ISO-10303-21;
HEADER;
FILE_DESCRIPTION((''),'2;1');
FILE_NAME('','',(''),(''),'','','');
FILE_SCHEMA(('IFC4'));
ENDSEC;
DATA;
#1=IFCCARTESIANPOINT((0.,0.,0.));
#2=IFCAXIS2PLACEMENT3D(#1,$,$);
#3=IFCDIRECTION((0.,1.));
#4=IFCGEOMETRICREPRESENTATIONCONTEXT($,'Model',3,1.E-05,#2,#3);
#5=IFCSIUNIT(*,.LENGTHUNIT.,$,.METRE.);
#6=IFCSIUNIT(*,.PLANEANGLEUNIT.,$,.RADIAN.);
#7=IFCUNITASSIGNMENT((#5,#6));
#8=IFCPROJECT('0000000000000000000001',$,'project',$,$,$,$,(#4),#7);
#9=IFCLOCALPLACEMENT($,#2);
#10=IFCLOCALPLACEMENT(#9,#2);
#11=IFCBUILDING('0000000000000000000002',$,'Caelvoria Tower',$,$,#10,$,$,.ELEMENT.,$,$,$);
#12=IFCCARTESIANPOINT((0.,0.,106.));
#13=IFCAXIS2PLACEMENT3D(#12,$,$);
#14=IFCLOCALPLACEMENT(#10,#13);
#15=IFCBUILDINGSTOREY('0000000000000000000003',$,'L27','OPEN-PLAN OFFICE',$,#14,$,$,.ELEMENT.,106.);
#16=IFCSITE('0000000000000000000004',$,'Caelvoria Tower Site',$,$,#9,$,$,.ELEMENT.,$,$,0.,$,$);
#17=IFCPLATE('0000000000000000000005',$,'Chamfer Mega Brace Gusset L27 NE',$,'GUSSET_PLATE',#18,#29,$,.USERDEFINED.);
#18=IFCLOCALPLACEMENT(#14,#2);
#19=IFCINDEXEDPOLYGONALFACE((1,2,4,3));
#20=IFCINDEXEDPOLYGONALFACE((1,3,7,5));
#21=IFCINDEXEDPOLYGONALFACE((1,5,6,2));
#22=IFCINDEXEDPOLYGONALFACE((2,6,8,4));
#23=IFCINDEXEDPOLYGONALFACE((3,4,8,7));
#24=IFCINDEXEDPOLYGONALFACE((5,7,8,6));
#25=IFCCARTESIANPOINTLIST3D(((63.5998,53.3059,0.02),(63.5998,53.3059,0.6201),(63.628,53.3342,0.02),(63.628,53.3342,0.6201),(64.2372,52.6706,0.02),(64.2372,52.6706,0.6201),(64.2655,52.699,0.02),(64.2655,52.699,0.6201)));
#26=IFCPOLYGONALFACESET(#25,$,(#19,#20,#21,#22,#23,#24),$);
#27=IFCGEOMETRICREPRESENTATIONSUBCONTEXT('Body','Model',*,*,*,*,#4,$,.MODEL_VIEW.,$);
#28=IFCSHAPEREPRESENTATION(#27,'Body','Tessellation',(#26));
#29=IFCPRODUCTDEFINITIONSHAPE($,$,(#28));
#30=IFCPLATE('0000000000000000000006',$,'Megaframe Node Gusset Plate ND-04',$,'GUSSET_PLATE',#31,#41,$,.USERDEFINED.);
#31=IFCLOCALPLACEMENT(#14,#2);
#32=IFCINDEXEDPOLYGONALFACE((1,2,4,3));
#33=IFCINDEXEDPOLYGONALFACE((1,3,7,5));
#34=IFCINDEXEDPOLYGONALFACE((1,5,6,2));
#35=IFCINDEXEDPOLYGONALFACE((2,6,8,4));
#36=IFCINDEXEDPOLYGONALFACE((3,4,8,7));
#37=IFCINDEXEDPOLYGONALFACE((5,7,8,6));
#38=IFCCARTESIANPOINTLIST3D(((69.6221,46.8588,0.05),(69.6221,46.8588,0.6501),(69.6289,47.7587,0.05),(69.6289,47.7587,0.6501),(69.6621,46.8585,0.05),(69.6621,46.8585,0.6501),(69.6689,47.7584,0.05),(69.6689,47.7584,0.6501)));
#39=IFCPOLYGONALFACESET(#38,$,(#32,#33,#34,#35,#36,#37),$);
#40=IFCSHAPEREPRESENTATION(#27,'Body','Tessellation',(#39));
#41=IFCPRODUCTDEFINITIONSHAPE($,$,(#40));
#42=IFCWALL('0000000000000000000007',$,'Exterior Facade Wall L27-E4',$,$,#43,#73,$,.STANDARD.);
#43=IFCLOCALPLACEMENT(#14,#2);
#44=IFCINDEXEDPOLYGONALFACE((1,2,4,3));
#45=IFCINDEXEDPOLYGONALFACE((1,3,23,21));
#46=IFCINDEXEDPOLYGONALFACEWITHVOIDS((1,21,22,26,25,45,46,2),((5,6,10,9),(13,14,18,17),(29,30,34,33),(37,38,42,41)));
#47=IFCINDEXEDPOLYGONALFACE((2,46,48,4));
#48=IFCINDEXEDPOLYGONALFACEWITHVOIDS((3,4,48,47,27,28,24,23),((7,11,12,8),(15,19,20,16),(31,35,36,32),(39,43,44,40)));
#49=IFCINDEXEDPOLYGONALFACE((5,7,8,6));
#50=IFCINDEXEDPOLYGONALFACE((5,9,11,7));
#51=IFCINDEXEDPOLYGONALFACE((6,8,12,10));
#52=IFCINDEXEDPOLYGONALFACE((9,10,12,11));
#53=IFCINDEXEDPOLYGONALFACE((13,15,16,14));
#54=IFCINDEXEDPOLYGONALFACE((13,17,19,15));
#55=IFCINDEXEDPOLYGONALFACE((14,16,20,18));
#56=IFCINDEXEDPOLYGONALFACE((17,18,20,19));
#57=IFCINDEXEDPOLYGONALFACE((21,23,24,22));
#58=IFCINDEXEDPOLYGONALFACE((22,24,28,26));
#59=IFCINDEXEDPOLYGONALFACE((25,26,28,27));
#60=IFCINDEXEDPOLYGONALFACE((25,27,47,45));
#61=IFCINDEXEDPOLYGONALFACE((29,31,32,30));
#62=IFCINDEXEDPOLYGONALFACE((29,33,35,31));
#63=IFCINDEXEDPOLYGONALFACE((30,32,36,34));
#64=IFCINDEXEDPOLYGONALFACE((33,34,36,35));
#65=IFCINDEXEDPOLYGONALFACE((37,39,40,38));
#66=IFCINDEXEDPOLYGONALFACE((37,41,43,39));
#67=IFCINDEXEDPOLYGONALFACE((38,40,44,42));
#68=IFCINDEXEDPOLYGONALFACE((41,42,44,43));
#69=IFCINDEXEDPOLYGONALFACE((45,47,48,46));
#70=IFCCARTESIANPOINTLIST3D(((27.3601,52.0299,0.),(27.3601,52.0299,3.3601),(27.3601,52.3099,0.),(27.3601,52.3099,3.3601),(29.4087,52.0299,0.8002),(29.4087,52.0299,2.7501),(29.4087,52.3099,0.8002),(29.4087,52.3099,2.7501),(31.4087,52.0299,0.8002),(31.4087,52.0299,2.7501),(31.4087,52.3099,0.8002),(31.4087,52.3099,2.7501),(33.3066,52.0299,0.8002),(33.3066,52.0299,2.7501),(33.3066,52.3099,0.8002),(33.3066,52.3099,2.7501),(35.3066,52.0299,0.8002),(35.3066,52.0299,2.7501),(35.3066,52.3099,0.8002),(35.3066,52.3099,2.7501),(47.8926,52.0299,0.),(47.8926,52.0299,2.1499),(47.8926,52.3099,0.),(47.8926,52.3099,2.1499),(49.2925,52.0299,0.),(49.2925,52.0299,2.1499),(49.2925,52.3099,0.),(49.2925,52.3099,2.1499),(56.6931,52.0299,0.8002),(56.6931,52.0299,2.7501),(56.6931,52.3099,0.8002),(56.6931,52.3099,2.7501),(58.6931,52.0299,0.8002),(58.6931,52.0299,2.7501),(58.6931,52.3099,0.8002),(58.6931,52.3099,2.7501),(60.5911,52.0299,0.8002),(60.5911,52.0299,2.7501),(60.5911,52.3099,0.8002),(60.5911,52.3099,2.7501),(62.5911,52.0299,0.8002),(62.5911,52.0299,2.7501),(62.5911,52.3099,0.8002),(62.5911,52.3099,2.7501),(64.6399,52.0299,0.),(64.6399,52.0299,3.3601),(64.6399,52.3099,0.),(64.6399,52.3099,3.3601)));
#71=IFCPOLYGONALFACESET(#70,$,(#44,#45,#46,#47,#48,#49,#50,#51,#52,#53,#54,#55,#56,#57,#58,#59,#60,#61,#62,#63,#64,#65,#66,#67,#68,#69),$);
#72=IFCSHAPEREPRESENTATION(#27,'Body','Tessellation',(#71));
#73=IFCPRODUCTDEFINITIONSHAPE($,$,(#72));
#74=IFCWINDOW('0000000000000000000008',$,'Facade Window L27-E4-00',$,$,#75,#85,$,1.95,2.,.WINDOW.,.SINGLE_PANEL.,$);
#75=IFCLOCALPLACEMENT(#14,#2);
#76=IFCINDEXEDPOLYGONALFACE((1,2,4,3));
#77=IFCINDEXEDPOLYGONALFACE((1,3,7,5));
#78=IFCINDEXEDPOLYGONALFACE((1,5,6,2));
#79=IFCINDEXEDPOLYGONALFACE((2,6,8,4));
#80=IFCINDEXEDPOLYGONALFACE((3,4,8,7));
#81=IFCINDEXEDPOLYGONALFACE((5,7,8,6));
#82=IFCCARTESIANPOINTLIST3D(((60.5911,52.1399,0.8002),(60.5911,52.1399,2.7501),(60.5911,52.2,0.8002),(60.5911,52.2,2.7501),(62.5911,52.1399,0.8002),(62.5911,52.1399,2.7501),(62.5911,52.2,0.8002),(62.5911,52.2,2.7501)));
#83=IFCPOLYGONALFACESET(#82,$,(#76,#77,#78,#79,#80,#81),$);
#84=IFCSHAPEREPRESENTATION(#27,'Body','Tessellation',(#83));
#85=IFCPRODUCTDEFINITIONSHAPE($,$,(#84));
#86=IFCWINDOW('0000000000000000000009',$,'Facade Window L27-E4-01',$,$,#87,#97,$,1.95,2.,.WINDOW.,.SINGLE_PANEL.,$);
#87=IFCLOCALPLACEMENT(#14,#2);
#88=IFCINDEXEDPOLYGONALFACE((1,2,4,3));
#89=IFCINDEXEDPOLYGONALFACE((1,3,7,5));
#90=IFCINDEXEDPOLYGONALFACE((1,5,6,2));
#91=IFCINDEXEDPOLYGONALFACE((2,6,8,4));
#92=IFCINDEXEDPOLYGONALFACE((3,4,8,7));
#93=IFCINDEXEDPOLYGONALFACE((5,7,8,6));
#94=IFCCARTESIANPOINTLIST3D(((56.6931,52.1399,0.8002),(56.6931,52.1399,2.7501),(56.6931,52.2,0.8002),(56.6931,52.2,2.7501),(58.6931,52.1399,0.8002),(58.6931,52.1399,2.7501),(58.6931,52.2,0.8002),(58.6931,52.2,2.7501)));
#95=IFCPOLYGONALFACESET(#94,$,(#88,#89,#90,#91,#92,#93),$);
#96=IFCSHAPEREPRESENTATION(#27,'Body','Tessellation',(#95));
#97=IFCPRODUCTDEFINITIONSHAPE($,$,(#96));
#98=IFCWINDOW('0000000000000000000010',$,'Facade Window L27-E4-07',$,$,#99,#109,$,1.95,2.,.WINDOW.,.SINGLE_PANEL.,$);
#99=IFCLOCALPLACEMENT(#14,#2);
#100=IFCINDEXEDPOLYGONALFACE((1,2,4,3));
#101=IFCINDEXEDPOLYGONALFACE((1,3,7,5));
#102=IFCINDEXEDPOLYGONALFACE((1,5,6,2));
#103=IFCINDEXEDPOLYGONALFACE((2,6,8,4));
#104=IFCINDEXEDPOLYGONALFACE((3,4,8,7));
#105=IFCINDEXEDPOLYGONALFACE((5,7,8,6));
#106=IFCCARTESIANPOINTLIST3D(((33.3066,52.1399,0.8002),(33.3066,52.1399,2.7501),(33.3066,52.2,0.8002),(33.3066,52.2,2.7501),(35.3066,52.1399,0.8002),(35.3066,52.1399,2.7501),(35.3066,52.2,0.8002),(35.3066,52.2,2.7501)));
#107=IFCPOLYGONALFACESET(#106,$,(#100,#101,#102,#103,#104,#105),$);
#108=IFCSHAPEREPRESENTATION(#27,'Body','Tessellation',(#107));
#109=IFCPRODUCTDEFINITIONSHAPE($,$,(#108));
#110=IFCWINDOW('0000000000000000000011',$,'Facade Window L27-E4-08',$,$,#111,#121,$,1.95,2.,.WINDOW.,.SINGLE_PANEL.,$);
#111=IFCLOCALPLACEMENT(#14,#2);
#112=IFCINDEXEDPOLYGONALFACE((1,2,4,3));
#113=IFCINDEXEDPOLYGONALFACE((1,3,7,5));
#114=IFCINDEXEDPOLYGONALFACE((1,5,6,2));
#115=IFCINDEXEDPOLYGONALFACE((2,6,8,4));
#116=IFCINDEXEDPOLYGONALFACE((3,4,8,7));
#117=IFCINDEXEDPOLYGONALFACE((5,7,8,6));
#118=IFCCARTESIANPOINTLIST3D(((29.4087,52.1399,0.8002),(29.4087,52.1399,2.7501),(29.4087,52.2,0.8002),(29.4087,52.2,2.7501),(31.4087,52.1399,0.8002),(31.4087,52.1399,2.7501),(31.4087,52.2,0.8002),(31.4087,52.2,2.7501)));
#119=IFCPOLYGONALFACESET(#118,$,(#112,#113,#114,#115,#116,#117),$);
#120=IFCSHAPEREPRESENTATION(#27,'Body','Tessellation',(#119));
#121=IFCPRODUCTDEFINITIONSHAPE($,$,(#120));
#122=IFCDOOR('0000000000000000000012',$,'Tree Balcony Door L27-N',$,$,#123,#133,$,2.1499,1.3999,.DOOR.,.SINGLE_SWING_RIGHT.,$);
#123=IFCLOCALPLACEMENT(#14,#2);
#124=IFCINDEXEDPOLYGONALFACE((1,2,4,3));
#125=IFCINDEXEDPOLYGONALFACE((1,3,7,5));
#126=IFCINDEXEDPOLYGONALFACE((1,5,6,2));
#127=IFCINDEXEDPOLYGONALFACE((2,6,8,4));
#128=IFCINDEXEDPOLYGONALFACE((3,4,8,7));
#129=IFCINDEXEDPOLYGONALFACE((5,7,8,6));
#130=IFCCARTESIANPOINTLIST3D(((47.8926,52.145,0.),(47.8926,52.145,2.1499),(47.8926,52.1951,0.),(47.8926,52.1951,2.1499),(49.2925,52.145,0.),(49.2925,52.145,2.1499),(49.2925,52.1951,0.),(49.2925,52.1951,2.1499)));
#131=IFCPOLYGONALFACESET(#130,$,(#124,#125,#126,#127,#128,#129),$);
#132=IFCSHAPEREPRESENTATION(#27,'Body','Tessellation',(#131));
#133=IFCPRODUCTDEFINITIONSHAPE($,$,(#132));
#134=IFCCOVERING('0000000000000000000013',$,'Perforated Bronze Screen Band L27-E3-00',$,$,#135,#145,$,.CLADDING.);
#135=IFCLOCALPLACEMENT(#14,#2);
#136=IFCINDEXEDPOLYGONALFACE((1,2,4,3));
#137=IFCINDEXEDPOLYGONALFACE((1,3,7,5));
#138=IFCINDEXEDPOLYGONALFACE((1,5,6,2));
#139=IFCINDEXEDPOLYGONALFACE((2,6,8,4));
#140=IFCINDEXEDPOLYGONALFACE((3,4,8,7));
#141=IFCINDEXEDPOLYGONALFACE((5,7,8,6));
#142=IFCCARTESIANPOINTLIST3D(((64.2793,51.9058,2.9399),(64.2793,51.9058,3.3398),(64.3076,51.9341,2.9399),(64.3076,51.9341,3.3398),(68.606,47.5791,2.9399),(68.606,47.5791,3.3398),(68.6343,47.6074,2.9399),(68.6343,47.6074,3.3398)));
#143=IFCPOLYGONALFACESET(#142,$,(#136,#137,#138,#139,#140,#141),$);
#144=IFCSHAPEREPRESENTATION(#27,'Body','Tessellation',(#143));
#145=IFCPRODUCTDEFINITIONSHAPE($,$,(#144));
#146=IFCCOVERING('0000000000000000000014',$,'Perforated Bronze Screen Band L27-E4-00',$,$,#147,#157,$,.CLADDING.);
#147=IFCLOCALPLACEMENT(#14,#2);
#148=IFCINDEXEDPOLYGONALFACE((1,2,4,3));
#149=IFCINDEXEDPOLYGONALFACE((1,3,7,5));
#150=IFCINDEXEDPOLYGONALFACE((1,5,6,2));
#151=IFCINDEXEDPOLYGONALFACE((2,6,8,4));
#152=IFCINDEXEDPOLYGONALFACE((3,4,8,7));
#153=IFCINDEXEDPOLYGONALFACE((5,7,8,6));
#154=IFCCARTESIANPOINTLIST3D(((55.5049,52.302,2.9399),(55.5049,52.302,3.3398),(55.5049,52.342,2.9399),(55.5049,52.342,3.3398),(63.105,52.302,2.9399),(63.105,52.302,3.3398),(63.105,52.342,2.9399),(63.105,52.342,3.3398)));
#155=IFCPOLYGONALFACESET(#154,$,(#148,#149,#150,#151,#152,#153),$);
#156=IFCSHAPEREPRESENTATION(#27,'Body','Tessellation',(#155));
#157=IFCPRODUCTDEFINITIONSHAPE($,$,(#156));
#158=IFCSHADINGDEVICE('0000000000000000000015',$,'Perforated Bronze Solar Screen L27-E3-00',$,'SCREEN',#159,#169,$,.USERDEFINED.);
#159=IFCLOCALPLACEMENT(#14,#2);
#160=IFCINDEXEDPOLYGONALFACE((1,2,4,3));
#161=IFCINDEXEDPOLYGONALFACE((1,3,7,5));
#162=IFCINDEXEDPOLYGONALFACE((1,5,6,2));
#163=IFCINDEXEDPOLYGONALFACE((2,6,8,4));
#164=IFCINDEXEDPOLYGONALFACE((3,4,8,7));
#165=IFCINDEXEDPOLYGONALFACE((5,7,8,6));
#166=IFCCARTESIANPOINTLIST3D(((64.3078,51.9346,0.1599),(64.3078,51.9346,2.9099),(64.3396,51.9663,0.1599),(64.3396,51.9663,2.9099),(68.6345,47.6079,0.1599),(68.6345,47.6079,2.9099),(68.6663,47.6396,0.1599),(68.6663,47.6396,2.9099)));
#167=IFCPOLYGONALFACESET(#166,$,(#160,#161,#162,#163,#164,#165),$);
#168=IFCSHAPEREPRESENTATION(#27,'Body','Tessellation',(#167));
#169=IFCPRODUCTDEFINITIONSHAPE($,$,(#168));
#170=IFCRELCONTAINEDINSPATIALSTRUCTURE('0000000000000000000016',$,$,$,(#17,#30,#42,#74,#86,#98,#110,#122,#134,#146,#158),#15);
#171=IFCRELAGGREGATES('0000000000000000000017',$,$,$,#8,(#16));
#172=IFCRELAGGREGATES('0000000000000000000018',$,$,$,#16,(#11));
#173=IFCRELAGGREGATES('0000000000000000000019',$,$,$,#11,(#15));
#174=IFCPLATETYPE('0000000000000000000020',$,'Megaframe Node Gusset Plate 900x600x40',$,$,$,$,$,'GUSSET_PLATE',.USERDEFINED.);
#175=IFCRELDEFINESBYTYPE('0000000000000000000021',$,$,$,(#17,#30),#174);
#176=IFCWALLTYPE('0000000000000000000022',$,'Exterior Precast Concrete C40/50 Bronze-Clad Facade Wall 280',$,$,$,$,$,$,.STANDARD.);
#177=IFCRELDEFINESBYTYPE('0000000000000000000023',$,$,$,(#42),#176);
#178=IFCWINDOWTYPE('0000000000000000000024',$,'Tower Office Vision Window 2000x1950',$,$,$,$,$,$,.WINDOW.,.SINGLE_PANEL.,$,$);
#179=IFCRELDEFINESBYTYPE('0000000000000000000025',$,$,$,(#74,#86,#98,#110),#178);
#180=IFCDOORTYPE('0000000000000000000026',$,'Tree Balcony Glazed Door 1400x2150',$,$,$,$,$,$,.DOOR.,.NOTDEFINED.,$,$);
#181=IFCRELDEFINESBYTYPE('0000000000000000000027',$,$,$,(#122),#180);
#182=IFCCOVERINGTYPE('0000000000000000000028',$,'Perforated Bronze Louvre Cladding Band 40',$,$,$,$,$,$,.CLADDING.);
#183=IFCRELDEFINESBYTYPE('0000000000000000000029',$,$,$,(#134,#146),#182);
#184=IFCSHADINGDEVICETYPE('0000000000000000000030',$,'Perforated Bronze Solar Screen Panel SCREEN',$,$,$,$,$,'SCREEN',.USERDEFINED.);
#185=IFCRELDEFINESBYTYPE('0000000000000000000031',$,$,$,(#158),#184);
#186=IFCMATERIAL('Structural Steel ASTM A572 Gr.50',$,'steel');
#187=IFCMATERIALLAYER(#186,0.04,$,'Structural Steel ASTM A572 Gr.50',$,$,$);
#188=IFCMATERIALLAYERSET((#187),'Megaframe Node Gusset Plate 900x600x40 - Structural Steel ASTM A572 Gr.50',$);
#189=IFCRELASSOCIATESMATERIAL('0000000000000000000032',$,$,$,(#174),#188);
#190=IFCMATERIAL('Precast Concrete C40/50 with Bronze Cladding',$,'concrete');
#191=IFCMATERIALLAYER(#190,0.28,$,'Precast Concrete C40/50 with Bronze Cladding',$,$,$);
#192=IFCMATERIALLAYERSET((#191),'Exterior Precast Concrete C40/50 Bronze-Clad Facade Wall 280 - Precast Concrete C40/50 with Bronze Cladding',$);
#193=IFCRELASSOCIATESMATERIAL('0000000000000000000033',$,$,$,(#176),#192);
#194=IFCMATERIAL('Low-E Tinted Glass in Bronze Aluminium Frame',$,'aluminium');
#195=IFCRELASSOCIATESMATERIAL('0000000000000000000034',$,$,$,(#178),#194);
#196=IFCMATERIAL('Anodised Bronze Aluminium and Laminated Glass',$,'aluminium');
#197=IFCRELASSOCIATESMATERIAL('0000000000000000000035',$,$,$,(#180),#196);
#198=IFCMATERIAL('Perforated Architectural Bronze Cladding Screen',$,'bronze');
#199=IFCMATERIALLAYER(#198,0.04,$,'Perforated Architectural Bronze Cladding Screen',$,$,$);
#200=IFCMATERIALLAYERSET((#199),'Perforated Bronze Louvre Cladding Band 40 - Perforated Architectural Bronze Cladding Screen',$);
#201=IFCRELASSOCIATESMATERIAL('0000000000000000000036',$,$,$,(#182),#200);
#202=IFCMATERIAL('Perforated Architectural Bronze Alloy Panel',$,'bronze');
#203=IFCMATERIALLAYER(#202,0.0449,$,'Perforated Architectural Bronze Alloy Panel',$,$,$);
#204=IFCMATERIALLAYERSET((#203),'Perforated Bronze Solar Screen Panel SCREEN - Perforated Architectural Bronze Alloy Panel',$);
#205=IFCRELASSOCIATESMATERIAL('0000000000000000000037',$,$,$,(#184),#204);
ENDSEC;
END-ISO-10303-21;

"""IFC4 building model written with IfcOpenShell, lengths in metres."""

from ifc_helpers import new_model, si_unit, direction, frame, frame_2d, origin, origin_2d, place, context, subcontext, project, spatial, rectangle, extrude, material, layer, layer_set, type_object, element, fill, save


model = new_model("IFC4")

# Units and contexts
model_context = context("Model", 3, precision=1e-05, world=origin(), true_north=direction((0.0, 1.0)))
body_context = subcontext(model_context, "Body", "Model", "MODEL_VIEW")
ifc_project = project(units=[si_unit("LENGTHUNIT", "METRE"), si_unit("PLANEANGLEUNIT", "RADIAN")], contexts=[model_context])

# Site, building, storey
site_placement = place(None, origin())
site = spatial("IfcSite", under=ifc_project, at=site_placement, Name="Caelvoria Tower Site", CompositionType="ELEMENT", RefElevation=0.0)
building_placement = place(site_placement, origin())
building = spatial("IfcBuilding", under=site, at=building_placement, Name="Caelvoria Tower", CompositionType="ELEMENT")
storey_placement = place(building_placement, frame((0.0, 0.0, 106.0)))
storey = spatial("IfcBuildingStorey", under=building, at=storey_placement, Name="L27", Description="OPEN-PLAN OFFICE", CompositionType="ELEMENT", Elevation=106.0)

# Shared definitions
ifc_material_1 = material(Name="Structural Steel ASTM A572 Gr.50", Category="steel")

# Plates
ifc_layer_1 = layer(ifc_material_1, 0.04, Name="Structural Steel ASTM A572 Gr.50")
ifc_layer_set_1 = layer_set([ifc_layer_1], Name="Megaframe Node Gusset Plate 900x600x40 - Structural Steel ASTM A572 Gr.50")
plate_type = type_object("IfcPlateType", Name="Megaframe Node Gusset Plate 900x600x40", ElementType="GUSSET_PLATE", PredefinedType="USERDEFINED", material=ifc_layer_set_1)
for number, where, z_axis, x_axis, name in (
    (1, (63.9326, 53.0024, 0.02), (0.0, 0.0, 1.0), (0.708308, -0.705904, 0.0), "Chamfer Mega Brace Gusset L27 NE"),
    (2, (69.6455, 47.3086, 0.05), (0.0, 0.0, 1.0), (-0.00755, -0.999971, 0.0), "Megaframe Node Gusset Plate ND-04"),
):
    element("IfcPlate", number, at=place(storey_placement, frame(where, z_axis=z_axis, x_axis=x_axis)), inside=storey, type_object=plate_type, Name=name, ObjectType="GUSSET_PLATE", PredefinedType="USERDEFINED", context=body_context, shape_type="SweptSolid", body=[
        extrude(rectangle(XDim=0.8999, YDim=0.04, at=origin_2d()), origin(), (0.0, 0.0, 1.0), 0.6001),
    ])

# Wall, openings, windows, door
ifc_material_2 = material(Name="Precast Concrete C40/50 with Bronze Cladding", Category="concrete")
ifc_layer_2 = layer(ifc_material_2, 0.28, Name="Precast Concrete C40/50 with Bronze Cladding")
ifc_layer_set_2 = layer_set([ifc_layer_2], Name="Exterior Precast Concrete C40/50 Bronze-Clad Facade Wall 280 - Precast Concrete C40/50 with Bronze Cladding")
wall_type = type_object("IfcWallType", Name="Exterior Precast Concrete C40/50 Bronze-Clad Facade Wall 280", PredefinedType="STANDARD", material=ifc_layer_set_2)
wall_placement = place(storey_placement, frame((64.6399, 52.1699, 0.0), z_axis=(0.0, 0.0, 1.0), x_axis=(-1.0, 0.0, 0.0)))
wall = element("IfcWall", 3, at=wall_placement, inside=storey, type_object=wall_type, Name="Exterior Facade Wall L27-E4", PredefinedType="STANDARD", context=body_context, shape_type="SweptSolid", body=[
    extrude(rectangle(XDim=37.2798, YDim=0.28, at=frame_2d((18.6399, 0.0))), origin(), (0.0, 0.0, 1.0), 3.3601),
])
opening_1_placement = place(wall_placement, frame((15.3474, 0.0, 0.0)))
opening_1 = element("IfcOpeningElement", 4, at=opening_1_placement, cuts=wall, PredefinedType="OPENING", context=body_context, shape_type="SweptSolid", body=[
    extrude(rectangle(XDim=1.3999, YDim=2.1499, at=frame_2d((0.7, 1.075))), frame((0.0, 0.1499, 0.0), z_axis=(0.0, -1.0, 0.0), x_axis=(1.0, 0.0, 0.0)), (0.0, 0.0, 1.0), 0.3),
])
opening_2_placement = place(wall_placement, frame((2.0488, 0.0, 0.8)))
opening_2 = element("IfcOpeningElement", 5, at=opening_2_placement, cuts=wall, PredefinedType="OPENING", context=body_context, shape_type="SweptSolid", body=[
    extrude(rectangle(XDim=2.0, YDim=1.95, at=frame_2d((1.0, 0.9751))), frame((0.0, 0.1499, 0.0), z_axis=(0.0, -1.0, 0.0), x_axis=(1.0, 0.0, 0.0)), (0.0, 0.0, 1.0), 0.3),
])
opening_3_placement = place(wall_placement, frame((5.9468, 0.0, 0.8)))
opening_3 = element("IfcOpeningElement", 6, at=opening_3_placement, cuts=wall, PredefinedType="OPENING", context=body_context, shape_type="SweptSolid", body=[
    extrude(rectangle(XDim=2.0, YDim=1.95, at=frame_2d((1.0, 0.9751))), frame((0.0, 0.1499, 0.0), z_axis=(0.0, -1.0, 0.0), x_axis=(1.0, 0.0, 0.0)), (0.0, 0.0, 1.0), 0.3),
])
opening_4_placement = place(wall_placement, frame((29.3333, 0.0, 0.8)))
opening_4 = element("IfcOpeningElement", 7, at=opening_4_placement, cuts=wall, PredefinedType="OPENING", context=body_context, shape_type="SweptSolid", body=[
    extrude(rectangle(XDim=2.0, YDim=1.95, at=frame_2d((1.0, 0.9751))), frame((0.0, 0.1499, 0.0), z_axis=(0.0, -1.0, 0.0), x_axis=(1.0, 0.0, 0.0)), (0.0, 0.0, 1.0), 0.3),
])
opening_5_placement = place(wall_placement, frame((33.2312, 0.0, 0.8)))
opening_5 = element("IfcOpeningElement", 8, at=opening_5_placement, cuts=wall, PredefinedType="OPENING", context=body_context, shape_type="SweptSolid", body=[
    extrude(rectangle(XDim=2.0, YDim=1.95, at=frame_2d((1.0, 0.9751))), frame((0.0, 0.1499, 0.0), z_axis=(0.0, -1.0, 0.0), x_axis=(1.0, 0.0, 0.0)), (0.0, 0.0, 1.0), 0.3),
])
ifc_material_3 = material(Name="Low-E Tinted Glass in Bronze Aluminium Frame", Category="aluminium")
window_type = type_object("IfcWindowType", Name="Tower Office Vision Window 2000x1950", PartitioningType="SINGLE_PANEL", PredefinedType="WINDOW", material=ifc_material_3)
window_1_placement = place(opening_2_placement, origin())
window_1 = element("IfcWindow", 9, at=window_1_placement, inside=storey, type_object=window_type, Name="Facade Window L27-E4-00", OverallHeight=1.95, OverallWidth=2.0, PartitioningType="SINGLE_PANEL", PredefinedType="WINDOW", context=body_context, shape_type="SweptSolid", body=[
    extrude(rectangle(XDim=2.0, YDim=1.95, at=frame_2d((1.0, 0.9751))), frame((0.0, 0.03, 0.0), z_axis=(0.0, -1.0, 0.0), x_axis=(1.0, 0.0, 0.0)), (0.0, 0.0, 1.0), 0.0601),
])
fill(opening_2, window_1)
window_2_placement = place(opening_3_placement, origin())
window_2 = element("IfcWindow", 10, at=window_2_placement, inside=storey, type_object=window_type, Name="Facade Window L27-E4-01", OverallHeight=1.95, OverallWidth=2.0, PartitioningType="SINGLE_PANEL", PredefinedType="WINDOW", context=body_context, shape_type="SweptSolid", body=[
    extrude(rectangle(XDim=2.0, YDim=1.95, at=frame_2d((1.0, 0.9751))), frame((0.0, 0.03, 0.0), z_axis=(0.0, -1.0, 0.0), x_axis=(1.0, 0.0, 0.0)), (0.0, 0.0, 1.0), 0.0601),
])
fill(opening_3, window_2)
window_3_placement = place(opening_4_placement, origin())
window_3 = element("IfcWindow", 11, at=window_3_placement, inside=storey, type_object=window_type, Name="Facade Window L27-E4-07", OverallHeight=1.95, OverallWidth=2.0, PartitioningType="SINGLE_PANEL", PredefinedType="WINDOW", context=body_context, shape_type="SweptSolid", body=[
    extrude(rectangle(XDim=2.0, YDim=1.95, at=frame_2d((1.0, 0.9751))), frame((0.0, 0.03, 0.0), z_axis=(0.0, -1.0, 0.0), x_axis=(1.0, 0.0, 0.0)), (0.0, 0.0, 1.0), 0.0601),
])
fill(opening_4, window_3)
window_4_placement = place(opening_5_placement, origin())
window_4 = element("IfcWindow", 12, at=window_4_placement, inside=storey, type_object=window_type, Name="Facade Window L27-E4-08", OverallHeight=1.95, OverallWidth=2.0, PartitioningType="SINGLE_PANEL", PredefinedType="WINDOW", context=body_context, shape_type="SweptSolid", body=[
    extrude(rectangle(XDim=2.0, YDim=1.95, at=frame_2d((1.0, 0.9751))), frame((0.0, 0.03, 0.0), z_axis=(0.0, -1.0, 0.0), x_axis=(1.0, 0.0, 0.0)), (0.0, 0.0, 1.0), 0.0601),
])
fill(opening_5, window_4)
ifc_material_4 = material(Name="Anodised Bronze Aluminium and Laminated Glass", Category="aluminium")
door_type = type_object("IfcDoorType", Name="Tree Balcony Glazed Door 1400x2150", OperationType="NOTDEFINED", PredefinedType="DOOR", material=ifc_material_4)
door_placement = place(opening_1_placement, origin())
door = element("IfcDoor", 13, at=door_placement, inside=storey, type_object=door_type, Name="Tree Balcony Door L27-N", OperationType="SINGLE_SWING_RIGHT", OverallHeight=2.1499, OverallWidth=1.3999, PredefinedType="DOOR", context=body_context, shape_type="SweptSolid", body=[
    extrude(rectangle(XDim=1.3999, YDim=2.1499, at=frame_2d((0.7, 1.075))), frame((0.0, 0.0249, 0.0), z_axis=(0.0, -1.0, 0.0), x_axis=(1.0, 0.0, 0.0)), (0.0, 0.0, 1.0), 0.05),
])
fill(opening_1, door)

# Coverings
ifc_material_5 = material(Name="Perforated Architectural Bronze Cladding Screen", Category="bronze")
ifc_layer_3 = layer(ifc_material_5, 0.04, Name="Perforated Architectural Bronze Cladding Screen")
ifc_layer_set_3 = layer_set([ifc_layer_3], Name="Perforated Bronze Louvre Cladding Band 40 - Perforated Architectural Bronze Cladding Screen")
covering_type = type_object("IfcCoveringType", Name="Perforated Bronze Louvre Cladding Band 40", PredefinedType="CLADDING", material=ifc_layer_set_3)
covering_1_placement = place(storey_placement, frame((66.4568, 49.7566, 2.9399), z_axis=(0.0, 0.0, 1.0), x_axis=(-0.707107, 0.707107, 0.0)))
element("IfcCovering", 14, at=covering_1_placement, inside=storey, type_object=covering_type, Name="Perforated Bronze Screen Band L27-E3-00", PredefinedType="CLADDING", context=body_context, shape_type="SweptSolid", body=[
    extrude(rectangle(XDim=6.1189, YDim=0.04, at=origin_2d()), origin(), (0.0, 0.0, 1.0), 0.3999),
])
covering_2_placement = place(storey_placement, frame((59.3049, 52.322, 2.9399), z_axis=(0.0, 0.0, 1.0), x_axis=(-1.0, 0.0, 0.0)))
element("IfcCovering", 15, at=covering_2_placement, inside=storey, type_object=covering_type, Name="Perforated Bronze Screen Band L27-E4-00", PredefinedType="CLADDING", context=body_context, shape_type="SweptSolid", body=[
    extrude(rectangle(XDim=7.6001, YDim=0.04, at=origin_2d()), origin(), (0.0, 0.0, 1.0), 0.3999),
])

# Shading device
ifc_material_6 = material(Name="Perforated Architectural Bronze Alloy Panel", Category="bronze")
ifc_layer_4 = layer(ifc_material_6, 0.0449, Name="Perforated Architectural Bronze Alloy Panel")
ifc_layer_set_4 = layer_set([ifc_layer_4], Name="Perforated Bronze Solar Screen Panel SCREEN - Perforated Architectural Bronze Alloy Panel")
shading_device_type = type_object("IfcShadingDeviceType", Name="Perforated Bronze Solar Screen Panel SCREEN", ElementType="SCREEN", PredefinedType="USERDEFINED", material=ifc_layer_set_4)
shading_device_1_placement = place(storey_placement, frame((66.4871, 49.7871, 0.1599), z_axis=(0.0, 0.0, 1.0), x_axis=(-0.707107, 0.707107, 0.0)))
element("IfcShadingDevice", 16, at=shading_device_1_placement, inside=storey, type_object=shading_device_type, Name="Perforated Bronze Solar Screen L27-E3-00", ObjectType="SCREEN", PredefinedType="USERDEFINED", context=body_context, shape_type="SweptSolid", body=[
    extrude(rectangle(XDim=6.1189, YDim=0.0449, at=origin_2d()), origin(), (0.0, 0.0, 1.0), 2.75),
])

save(model, "model.ifc")
